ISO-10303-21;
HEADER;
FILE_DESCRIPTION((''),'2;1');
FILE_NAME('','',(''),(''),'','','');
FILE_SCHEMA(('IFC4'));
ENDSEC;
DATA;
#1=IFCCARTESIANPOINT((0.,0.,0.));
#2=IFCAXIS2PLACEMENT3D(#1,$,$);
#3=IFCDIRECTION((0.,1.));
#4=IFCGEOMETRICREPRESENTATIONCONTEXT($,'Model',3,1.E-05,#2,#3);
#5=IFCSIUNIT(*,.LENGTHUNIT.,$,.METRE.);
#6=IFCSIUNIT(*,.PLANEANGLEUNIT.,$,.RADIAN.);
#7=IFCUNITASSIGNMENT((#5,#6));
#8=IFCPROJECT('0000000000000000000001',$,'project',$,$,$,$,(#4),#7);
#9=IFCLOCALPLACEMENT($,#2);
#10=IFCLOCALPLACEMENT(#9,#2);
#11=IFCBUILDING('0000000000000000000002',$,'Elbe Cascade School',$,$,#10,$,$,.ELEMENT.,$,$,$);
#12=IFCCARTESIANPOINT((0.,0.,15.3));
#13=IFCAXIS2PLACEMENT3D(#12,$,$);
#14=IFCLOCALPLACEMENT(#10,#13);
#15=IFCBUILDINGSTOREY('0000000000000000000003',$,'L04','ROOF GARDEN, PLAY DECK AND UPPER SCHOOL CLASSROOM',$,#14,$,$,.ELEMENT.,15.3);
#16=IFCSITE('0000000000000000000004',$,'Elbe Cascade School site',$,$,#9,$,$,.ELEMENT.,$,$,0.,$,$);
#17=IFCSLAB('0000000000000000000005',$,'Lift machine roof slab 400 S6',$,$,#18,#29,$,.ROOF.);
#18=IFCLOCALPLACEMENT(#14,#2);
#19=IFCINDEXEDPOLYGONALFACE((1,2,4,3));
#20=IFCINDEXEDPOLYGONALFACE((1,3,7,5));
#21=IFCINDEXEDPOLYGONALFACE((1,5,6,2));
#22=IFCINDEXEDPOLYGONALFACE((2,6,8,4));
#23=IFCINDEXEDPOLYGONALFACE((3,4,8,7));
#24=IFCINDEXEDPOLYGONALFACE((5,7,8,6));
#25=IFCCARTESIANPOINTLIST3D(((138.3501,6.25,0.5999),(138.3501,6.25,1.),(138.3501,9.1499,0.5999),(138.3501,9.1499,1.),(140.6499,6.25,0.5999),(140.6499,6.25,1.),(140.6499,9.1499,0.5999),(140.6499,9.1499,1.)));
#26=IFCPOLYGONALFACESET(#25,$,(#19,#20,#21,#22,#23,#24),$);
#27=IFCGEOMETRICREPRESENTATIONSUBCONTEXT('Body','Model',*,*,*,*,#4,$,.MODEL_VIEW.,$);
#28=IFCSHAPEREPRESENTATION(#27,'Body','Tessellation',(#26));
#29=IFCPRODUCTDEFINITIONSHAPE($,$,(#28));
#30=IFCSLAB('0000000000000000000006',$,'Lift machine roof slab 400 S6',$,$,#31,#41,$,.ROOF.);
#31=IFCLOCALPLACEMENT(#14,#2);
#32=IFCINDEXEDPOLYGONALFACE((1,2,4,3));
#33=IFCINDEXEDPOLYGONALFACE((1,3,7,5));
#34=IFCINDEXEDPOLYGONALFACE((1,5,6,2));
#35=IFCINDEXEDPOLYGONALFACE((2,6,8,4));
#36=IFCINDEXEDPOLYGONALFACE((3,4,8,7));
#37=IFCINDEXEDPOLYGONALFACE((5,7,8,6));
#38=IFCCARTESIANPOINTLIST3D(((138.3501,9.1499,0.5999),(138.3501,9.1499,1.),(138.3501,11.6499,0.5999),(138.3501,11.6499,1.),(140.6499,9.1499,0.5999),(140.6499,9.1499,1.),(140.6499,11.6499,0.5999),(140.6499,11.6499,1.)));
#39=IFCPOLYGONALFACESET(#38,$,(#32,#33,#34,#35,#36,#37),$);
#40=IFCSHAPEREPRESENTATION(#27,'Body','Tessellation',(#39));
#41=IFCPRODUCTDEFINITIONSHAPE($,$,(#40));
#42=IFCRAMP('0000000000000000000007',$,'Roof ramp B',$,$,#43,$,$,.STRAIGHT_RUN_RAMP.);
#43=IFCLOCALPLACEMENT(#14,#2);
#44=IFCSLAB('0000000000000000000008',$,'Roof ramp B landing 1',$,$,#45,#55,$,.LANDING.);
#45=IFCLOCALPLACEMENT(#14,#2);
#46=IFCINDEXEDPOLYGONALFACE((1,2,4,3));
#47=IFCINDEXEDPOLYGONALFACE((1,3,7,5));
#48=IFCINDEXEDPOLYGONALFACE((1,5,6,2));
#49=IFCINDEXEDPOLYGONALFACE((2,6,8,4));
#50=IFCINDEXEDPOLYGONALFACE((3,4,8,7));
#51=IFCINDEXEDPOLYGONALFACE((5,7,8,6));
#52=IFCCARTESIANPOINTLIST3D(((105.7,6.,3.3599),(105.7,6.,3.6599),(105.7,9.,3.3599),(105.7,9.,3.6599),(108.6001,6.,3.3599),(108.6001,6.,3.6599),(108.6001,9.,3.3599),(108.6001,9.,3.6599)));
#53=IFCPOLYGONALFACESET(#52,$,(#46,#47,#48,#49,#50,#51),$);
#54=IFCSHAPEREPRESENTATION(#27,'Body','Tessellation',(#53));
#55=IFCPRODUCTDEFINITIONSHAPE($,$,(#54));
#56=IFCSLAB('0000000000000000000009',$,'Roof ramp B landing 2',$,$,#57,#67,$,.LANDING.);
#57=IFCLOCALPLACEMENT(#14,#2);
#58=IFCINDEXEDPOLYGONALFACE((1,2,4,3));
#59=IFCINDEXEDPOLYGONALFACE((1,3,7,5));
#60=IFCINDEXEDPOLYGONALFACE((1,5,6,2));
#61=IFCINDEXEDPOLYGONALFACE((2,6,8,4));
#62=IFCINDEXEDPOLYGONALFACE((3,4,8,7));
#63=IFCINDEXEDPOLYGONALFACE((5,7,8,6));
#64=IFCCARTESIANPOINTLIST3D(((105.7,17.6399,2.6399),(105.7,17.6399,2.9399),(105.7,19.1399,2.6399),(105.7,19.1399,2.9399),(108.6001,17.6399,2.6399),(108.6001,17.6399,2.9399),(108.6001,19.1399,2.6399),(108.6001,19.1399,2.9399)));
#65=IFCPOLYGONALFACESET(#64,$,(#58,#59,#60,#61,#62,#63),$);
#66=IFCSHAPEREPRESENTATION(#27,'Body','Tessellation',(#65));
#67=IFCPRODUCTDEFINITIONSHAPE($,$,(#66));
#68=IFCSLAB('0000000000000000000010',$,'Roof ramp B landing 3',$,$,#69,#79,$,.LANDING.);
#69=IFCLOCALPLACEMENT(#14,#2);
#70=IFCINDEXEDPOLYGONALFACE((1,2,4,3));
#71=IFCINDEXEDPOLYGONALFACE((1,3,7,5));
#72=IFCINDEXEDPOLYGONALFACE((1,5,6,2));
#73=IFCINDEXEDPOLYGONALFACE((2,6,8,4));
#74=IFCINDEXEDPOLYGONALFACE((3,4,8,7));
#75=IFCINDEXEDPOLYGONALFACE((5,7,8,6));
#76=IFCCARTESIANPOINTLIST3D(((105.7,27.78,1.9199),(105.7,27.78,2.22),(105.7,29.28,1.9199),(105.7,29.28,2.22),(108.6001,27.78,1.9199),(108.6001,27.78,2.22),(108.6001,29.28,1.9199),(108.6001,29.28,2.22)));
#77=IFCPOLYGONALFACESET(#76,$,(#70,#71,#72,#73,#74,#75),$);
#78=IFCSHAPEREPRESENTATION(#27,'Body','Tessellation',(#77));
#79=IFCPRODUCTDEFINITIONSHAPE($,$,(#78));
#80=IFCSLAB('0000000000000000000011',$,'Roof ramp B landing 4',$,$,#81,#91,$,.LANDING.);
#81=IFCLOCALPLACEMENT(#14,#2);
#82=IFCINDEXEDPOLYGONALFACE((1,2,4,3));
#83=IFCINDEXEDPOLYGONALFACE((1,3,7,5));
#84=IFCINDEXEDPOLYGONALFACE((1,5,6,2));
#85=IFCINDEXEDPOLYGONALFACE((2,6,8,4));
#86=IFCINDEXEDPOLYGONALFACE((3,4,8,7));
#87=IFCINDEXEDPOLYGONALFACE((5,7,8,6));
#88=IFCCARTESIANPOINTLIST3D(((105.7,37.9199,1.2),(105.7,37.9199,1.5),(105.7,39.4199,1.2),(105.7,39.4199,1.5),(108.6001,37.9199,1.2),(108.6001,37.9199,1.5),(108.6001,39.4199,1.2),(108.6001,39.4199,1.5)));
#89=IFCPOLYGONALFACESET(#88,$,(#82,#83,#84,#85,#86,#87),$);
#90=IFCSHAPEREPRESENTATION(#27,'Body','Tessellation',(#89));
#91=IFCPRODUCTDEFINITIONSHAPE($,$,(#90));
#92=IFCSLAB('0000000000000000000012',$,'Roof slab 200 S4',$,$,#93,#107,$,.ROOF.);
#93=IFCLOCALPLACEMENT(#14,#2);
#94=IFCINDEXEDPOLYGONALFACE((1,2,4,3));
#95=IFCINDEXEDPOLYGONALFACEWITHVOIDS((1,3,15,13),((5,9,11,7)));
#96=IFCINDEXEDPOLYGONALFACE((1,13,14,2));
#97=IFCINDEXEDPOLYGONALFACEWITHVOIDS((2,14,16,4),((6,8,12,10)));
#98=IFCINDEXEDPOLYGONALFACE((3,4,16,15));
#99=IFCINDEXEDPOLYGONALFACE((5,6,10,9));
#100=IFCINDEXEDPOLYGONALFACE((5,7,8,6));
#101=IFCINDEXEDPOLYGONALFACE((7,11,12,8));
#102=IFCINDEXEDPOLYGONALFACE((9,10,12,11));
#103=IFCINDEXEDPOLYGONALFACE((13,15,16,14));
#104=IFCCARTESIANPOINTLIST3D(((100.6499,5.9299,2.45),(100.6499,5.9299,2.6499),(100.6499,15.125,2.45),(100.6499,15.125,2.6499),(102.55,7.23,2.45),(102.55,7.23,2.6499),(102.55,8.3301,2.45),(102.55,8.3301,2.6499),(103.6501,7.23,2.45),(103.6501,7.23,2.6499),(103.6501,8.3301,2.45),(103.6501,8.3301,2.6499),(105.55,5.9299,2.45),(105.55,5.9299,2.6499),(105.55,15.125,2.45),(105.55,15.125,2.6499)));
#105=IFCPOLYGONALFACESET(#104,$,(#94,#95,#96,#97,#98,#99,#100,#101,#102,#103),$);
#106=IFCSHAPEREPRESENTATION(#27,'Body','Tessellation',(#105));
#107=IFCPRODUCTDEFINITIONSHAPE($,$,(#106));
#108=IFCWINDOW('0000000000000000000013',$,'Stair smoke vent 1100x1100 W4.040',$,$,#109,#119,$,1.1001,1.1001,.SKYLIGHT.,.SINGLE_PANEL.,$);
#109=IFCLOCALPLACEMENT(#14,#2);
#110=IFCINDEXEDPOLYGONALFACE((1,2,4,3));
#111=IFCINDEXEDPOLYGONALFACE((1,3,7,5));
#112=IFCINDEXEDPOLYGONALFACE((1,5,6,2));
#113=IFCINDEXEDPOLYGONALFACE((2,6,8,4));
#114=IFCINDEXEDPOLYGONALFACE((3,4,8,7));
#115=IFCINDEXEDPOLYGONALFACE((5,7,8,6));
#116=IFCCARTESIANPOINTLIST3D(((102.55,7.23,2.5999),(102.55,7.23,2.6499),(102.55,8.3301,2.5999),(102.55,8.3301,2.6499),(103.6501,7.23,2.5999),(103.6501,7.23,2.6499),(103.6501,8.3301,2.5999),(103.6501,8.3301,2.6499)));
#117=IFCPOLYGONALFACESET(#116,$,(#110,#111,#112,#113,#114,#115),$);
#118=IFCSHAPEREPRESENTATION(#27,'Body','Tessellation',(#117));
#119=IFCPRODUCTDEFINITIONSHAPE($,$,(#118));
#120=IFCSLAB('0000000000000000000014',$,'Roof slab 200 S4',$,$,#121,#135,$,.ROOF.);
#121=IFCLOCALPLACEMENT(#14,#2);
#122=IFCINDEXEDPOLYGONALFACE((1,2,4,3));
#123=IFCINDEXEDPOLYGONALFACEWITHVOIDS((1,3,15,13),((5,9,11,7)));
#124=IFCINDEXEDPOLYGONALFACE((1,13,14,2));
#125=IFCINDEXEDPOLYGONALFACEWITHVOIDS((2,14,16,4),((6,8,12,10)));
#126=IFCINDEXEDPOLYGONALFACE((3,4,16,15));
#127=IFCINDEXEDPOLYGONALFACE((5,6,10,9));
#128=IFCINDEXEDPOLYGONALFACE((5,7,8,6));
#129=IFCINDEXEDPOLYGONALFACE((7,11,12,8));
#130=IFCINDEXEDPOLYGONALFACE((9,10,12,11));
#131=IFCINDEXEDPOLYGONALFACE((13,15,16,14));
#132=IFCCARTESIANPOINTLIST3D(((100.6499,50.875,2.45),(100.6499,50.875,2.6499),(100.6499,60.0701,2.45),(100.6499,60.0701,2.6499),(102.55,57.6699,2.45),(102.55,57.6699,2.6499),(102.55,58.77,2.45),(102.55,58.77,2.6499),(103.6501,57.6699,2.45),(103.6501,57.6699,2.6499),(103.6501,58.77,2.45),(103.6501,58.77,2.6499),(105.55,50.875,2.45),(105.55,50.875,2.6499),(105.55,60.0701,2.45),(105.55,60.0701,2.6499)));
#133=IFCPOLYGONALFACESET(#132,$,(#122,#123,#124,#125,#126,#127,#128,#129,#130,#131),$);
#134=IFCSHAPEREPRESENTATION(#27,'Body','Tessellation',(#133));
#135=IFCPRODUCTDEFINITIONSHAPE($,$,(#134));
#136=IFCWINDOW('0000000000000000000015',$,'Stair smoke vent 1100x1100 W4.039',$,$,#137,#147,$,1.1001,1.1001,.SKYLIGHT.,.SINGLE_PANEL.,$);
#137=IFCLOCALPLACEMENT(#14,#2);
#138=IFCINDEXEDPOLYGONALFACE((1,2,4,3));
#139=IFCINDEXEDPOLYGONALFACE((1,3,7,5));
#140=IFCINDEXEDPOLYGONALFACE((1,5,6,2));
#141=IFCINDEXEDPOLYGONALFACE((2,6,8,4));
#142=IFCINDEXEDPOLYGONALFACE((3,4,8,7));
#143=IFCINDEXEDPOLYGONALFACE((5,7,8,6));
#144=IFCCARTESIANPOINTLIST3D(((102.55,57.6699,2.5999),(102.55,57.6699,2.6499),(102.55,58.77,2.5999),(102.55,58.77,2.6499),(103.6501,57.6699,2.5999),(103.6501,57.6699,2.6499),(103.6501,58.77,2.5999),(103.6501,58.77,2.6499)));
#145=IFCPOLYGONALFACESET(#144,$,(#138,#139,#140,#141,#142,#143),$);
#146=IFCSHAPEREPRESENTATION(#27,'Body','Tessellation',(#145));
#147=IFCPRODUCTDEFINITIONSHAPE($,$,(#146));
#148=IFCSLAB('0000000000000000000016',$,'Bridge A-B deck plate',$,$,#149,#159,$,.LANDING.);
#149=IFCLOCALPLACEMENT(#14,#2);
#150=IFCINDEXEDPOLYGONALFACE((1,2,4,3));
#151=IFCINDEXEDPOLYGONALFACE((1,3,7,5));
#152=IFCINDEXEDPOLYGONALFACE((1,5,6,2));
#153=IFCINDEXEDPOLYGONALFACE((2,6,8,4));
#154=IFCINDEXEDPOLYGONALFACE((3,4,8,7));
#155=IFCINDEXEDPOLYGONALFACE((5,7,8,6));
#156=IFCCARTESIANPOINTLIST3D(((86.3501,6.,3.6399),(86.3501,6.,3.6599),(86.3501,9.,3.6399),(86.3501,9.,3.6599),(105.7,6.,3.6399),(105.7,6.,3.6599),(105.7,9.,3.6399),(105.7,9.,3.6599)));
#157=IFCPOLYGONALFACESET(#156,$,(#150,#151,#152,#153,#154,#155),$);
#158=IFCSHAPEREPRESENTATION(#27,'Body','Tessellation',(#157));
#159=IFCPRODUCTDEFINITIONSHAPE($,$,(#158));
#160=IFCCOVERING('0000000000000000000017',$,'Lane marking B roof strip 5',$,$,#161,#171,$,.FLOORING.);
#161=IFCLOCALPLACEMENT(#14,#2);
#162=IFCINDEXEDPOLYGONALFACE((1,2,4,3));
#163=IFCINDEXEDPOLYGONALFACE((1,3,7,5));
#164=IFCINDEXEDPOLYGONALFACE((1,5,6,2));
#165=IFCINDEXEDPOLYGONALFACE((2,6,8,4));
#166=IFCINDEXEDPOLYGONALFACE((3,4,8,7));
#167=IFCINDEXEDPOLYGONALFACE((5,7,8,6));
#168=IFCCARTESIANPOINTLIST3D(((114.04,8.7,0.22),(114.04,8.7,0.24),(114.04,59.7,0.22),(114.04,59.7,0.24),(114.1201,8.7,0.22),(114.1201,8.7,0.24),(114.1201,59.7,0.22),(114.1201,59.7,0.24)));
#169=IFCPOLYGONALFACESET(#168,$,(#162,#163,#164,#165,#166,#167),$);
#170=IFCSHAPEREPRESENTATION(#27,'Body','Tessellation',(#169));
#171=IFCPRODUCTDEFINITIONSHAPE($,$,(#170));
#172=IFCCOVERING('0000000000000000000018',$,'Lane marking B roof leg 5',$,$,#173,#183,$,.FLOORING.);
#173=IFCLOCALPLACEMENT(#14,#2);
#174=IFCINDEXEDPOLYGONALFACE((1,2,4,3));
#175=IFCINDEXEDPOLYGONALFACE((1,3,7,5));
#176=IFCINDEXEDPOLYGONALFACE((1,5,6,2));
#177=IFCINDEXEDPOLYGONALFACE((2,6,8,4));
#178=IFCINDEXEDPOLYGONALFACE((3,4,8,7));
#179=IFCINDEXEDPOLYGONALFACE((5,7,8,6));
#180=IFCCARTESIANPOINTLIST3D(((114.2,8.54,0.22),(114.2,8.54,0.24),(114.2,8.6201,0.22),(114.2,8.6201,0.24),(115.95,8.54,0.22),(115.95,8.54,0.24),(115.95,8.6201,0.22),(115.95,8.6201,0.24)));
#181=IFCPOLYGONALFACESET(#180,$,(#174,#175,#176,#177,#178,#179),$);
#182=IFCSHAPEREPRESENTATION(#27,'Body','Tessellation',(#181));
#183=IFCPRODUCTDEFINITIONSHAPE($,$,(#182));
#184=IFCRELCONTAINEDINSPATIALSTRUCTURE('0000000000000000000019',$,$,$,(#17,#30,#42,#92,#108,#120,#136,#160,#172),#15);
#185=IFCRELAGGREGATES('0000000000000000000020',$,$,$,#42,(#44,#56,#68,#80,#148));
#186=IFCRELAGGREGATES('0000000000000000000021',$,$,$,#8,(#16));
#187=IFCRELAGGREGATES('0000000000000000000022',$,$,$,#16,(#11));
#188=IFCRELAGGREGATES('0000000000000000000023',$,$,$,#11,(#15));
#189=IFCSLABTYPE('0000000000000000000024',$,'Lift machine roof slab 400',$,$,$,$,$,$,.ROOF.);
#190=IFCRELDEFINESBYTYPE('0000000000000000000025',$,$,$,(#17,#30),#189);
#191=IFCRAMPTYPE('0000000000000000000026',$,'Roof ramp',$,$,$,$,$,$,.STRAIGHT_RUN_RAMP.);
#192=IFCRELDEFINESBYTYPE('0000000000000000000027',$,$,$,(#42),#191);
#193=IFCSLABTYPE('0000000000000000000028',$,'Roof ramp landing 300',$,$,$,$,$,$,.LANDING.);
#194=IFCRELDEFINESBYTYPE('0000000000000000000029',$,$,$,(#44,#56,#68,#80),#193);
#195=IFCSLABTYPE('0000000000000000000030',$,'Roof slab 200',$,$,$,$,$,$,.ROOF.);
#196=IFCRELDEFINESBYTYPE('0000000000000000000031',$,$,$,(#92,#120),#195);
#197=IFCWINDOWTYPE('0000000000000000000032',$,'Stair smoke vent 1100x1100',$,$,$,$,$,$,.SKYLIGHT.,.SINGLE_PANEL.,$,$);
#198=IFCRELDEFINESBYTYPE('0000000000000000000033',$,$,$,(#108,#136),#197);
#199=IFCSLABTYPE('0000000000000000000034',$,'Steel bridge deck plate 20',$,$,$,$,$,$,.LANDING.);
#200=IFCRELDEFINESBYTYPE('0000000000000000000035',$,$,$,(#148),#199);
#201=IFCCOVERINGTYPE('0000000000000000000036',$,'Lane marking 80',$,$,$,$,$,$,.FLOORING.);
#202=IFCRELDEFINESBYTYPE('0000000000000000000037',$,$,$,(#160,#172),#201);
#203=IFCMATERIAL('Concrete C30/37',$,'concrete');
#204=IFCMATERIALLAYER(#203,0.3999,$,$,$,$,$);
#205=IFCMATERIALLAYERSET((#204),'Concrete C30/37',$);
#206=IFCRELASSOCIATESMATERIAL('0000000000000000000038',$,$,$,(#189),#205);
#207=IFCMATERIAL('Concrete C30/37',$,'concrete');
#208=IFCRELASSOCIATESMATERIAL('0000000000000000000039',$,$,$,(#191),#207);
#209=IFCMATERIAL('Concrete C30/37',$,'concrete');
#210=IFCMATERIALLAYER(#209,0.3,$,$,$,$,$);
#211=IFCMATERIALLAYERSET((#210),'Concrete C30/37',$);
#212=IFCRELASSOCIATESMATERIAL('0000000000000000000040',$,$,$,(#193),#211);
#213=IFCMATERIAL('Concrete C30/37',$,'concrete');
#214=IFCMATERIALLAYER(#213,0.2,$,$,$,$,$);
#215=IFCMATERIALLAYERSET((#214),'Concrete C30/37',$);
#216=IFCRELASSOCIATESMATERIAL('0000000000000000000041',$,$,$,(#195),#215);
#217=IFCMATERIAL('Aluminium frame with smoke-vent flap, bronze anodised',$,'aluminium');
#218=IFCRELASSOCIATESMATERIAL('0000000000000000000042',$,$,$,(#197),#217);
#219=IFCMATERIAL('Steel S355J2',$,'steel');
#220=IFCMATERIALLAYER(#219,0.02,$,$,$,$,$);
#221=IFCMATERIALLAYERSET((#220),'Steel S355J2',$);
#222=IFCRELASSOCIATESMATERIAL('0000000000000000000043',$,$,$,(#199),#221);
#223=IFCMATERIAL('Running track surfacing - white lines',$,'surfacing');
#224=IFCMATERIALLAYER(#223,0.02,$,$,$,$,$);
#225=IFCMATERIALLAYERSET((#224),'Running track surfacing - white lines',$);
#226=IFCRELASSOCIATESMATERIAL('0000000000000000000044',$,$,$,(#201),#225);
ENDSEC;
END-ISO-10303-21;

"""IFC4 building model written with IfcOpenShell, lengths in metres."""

from ifc_helpers import new_model, si_unit, direction, frame, origin, origin_2d, place, context, subcontext, project, spatial, polyline, rectangle, outline, extrude, material, layer, layer_set, type_object, element, fill, aggregate, save


model = new_model("IFC4")

# Units and contexts
model_context = context("Model", 3, precision=1e-05, world=origin(), true_north=direction((0.0, 1.0)))
body_context = subcontext(model_context, "Body", "Model", "MODEL_VIEW")
ifc_project = project(units=[si_unit("LENGTHUNIT", "METRE"), si_unit("PLANEANGLEUNIT", "RADIAN")], contexts=[model_context])

# Site, building, storey
site_placement = place(None, origin())
site = spatial("IfcSite", under=ifc_project, at=site_placement, Name="Elbe Cascade School site", CompositionType="ELEMENT", RefElevation=0.0)
building_placement = place(site_placement, origin())
building = spatial("IfcBuilding", under=site, at=building_placement, Name="Elbe Cascade School", CompositionType="ELEMENT")
storey_placement = place(building_placement, frame((0.0, 0.0, 15.3)))
storey = spatial("IfcBuildingStorey", under=building, at=storey_placement, Name="L04", Description="ROOF GARDEN, PLAY DECK AND UPPER SCHOOL CLASSROOM", CompositionType="ELEMENT", Elevation=15.3)

# Slabs
ifc_material_1 = material(Name="Concrete C30/37", Category="concrete")
ifc_layer_1 = layer(ifc_material_1, 0.3999)
ifc_layer_set_1 = layer_set([ifc_layer_1], Name="Concrete C30/37")
slab_type_1 = type_object("IfcSlabType", Name="Lift machine roof slab 400", PredefinedType="ROOF", material=ifc_layer_set_1)
slab_1_placement = place(storey_placement, frame((0.0, 0.0, 0.5999)))
element("IfcSlab", 1, at=slab_1_placement, inside=storey, type_object=slab_type_1, Name="Lift machine roof slab 400 S6", PredefinedType="ROOF", context=body_context, shape_type="SweptSolid", body=[
    extrude(outline(polyline([(138.3501, 6.25), (140.6499, 6.25), (140.6499, 9.1499), (138.3501, 9.1499), (138.3501, 6.25)])), origin(), (0.0, 0.0, 1.0), 0.4001),
])
slab_2_placement = place(storey_placement, frame((0.0, 0.0, 0.5999)))
element("IfcSlab", 2, at=slab_2_placement, inside=storey, type_object=slab_type_1, Name="Lift machine roof slab 400 S6", PredefinedType="ROOF", context=body_context, shape_type="SweptSolid", body=[
    extrude(outline(polyline([(138.3501, 9.1499), (140.6499, 9.1499), (140.6499, 11.6499), (138.3501, 11.6499), (138.3501, 9.1499)])), origin(), (0.0, 0.0, 1.0), 0.4001),
])

# Ramp, slabs
ifc_material_2 = material(Name="Concrete C30/37", Category="concrete")
ramp_type = type_object("IfcRampType", Name="Roof ramp", PredefinedType="STRAIGHT_RUN_RAMP", material=ifc_material_2)
ramp_placement = place(storey_placement, origin())
ramp = element("IfcRamp", 3, at=ramp_placement, inside=storey, type_object=ramp_type, Name="Roof ramp B", PredefinedType="STRAIGHT_RUN_RAMP")
ifc_material_3 = material(Name="Concrete C30/37", Category="concrete")
ifc_layer_2 = layer(ifc_material_3, 0.3)
ifc_layer_set_2 = layer_set([ifc_layer_2], Name="Concrete C30/37")
slab_type_2 = type_object("IfcSlabType", Name="Roof ramp landing 300", PredefinedType="LANDING", material=ifc_layer_set_2)
slab_3_placement = place(storey_placement, frame((0.0, 0.0, 3.3599)))
slab_3 = element("IfcSlab", 4, at=slab_3_placement, type_object=slab_type_2, Name="Roof ramp B landing 1", PredefinedType="LANDING", context=body_context, shape_type="SweptSolid", body=[
    extrude(outline(polyline([(108.6001, 6.0), (108.6001, 9.0), (105.7, 9.0), (105.7, 6.0), (108.6001, 6.0)])), origin(), (0.0, 0.0, 1.0), 0.3),
])
slab_4_placement = place(storey_placement, frame((0.0, 0.0, 2.6399)))
slab_4 = element("IfcSlab", 5, at=slab_4_placement, type_object=slab_type_2, Name="Roof ramp B landing 2", PredefinedType="LANDING", context=body_context, shape_type="SweptSolid", body=[
    extrude(outline(polyline([(108.6001, 17.6399), (108.6001, 19.1399), (105.7, 19.1399), (105.7, 17.6399), (108.6001, 17.6399)])), origin(), (0.0, 0.0, 1.0), 0.3),
])
slab_5_placement = place(storey_placement, frame((0.0, 0.0, 1.9199)))
slab_5 = element("IfcSlab", 6, at=slab_5_placement, type_object=slab_type_2, Name="Roof ramp B landing 3", PredefinedType="LANDING", context=body_context, shape_type="SweptSolid", body=[
    extrude(outline(polyline([(108.6001, 27.78), (108.6001, 29.28), (105.7, 29.28), (105.7, 27.78), (108.6001, 27.78)])), origin(), (0.0, 0.0, 1.0), 0.3),
])
slab_6_placement = place(storey_placement, frame((0.0, 0.0, 1.2)))
slab_6 = element("IfcSlab", 7, at=slab_6_placement, type_object=slab_type_2, Name="Roof ramp B landing 4", PredefinedType="LANDING", context=body_context, shape_type="SweptSolid", body=[
    extrude(outline(polyline([(108.6001, 37.9199), (108.6001, 39.4199), (105.7, 39.4199), (105.7, 37.9199), (108.6001, 37.9199)])), origin(), (0.0, 0.0, 1.0), 0.3),
])

# Slabs, openings, windows
ifc_material_4 = material(Name="Concrete C30/37", Category="concrete")
ifc_layer_3 = layer(ifc_material_4, 0.2)
ifc_layer_set_3 = layer_set([ifc_layer_3], Name="Concrete C30/37")
slab_type_3 = type_object("IfcSlabType", Name="Roof slab 200", PredefinedType="ROOF", material=ifc_layer_set_3)
slab_7_placement = place(storey_placement, frame((0.0, 0.0, 2.45)))
slab_7 = element("IfcSlab", 8, at=slab_7_placement, inside=storey, type_object=slab_type_3, Name="Roof slab 200 S4", PredefinedType="ROOF", context=body_context, shape_type="SweptSolid", body=[
    extrude(outline(polyline([(100.6499, 5.9299), (105.55, 5.9299), (105.55, 15.125), (100.6499, 15.125), (100.6499, 5.9299)])), origin(), (0.0, 0.0, 1.0), 0.2),
])
opening_1_placement = place(slab_7_placement, frame((103.1001, 7.78, 0.0)))
opening_1 = element("IfcOpeningElement", 9, at=opening_1_placement, cuts=slab_7, PredefinedType="OPENING", context=body_context, shape_type="SweptSolid", body=[
    extrude(rectangle(XDim=1.1001, YDim=1.1001, at=origin_2d()), origin(), (0.0, 0.0, 1.0), 0.2),
])
ifc_material_5 = material(Name="Aluminium frame with smoke-vent flap, bronze anodised", Category="aluminium")
window_type = type_object("IfcWindowType", Name="Stair smoke vent 1100x1100", PartitioningType="SINGLE_PANEL", PredefinedType="SKYLIGHT", material=ifc_material_5)
window_1_placement = place(opening_1_placement, frame((0.0, 0.0, 0.1499)))
window_1 = element("IfcWindow", 10, at=window_1_placement, inside=storey, type_object=window_type, Name="Stair smoke vent 1100x1100 W4.040", OverallHeight=1.1001, OverallWidth=1.1001, PartitioningType="SINGLE_PANEL", PredefinedType="SKYLIGHT", context=body_context, shape_type="SweptSolid", body=[
    extrude(rectangle(XDim=1.1001, YDim=1.1001, at=origin_2d()), origin(), (0.0, 0.0, 1.0), 0.05),
])
fill(opening_1, window_1)
slab_8_placement = place(storey_placement, frame((0.0, 0.0, 2.45)))
slab_8 = element("IfcSlab", 11, at=slab_8_placement, inside=storey, type_object=slab_type_3, Name="Roof slab 200 S4", PredefinedType="ROOF", context=body_context, shape_type="SweptSolid", body=[
    extrude(outline(polyline([(100.6499, 50.875), (105.55, 50.875), (105.55, 60.0701), (100.6499, 60.0701), (100.6499, 50.875)])), origin(), (0.0, 0.0, 1.0), 0.2),
])
opening_2_placement = place(slab_8_placement, frame((103.1001, 58.22, 0.0)))
opening_2 = element("IfcOpeningElement", 12, at=opening_2_placement, cuts=slab_8, PredefinedType="OPENING", context=body_context, shape_type="SweptSolid", body=[
    extrude(rectangle(XDim=1.1001, YDim=1.1001, at=origin_2d()), origin(), (0.0, 0.0, 1.0), 0.2),
])
window_2_placement = place(opening_2_placement, frame((0.0, 0.0, 0.1499)))
window_2 = element("IfcWindow", 13, at=window_2_placement, inside=storey, type_object=window_type, Name="Stair smoke vent 1100x1100 W4.039", OverallHeight=1.1001, OverallWidth=1.1001, PartitioningType="SINGLE_PANEL", PredefinedType="SKYLIGHT", context=body_context, shape_type="SweptSolid", body=[
    extrude(rectangle(XDim=1.1001, YDim=1.1001, at=origin_2d()), origin(), (0.0, 0.0, 1.0), 0.05),
])
fill(opening_2, window_2)

# Slab
ifc_material_6 = material(Name="Steel S355J2", Category="steel")
ifc_layer_4 = layer(ifc_material_6, 0.02)
ifc_layer_set_4 = layer_set([ifc_layer_4], Name="Steel S355J2")
slab_type_4 = type_object("IfcSlabType", Name="Steel bridge deck plate 20", PredefinedType="LANDING", material=ifc_layer_set_4)
slab_9_placement = place(storey_placement, frame((0.0, 0.0, 3.6399)))
slab_9 = element("IfcSlab", 14, at=slab_9_placement, type_object=slab_type_4, Name="Bridge A-B deck plate", PredefinedType="LANDING", context=body_context, shape_type="SweptSolid", body=[
    extrude(outline(polyline([(86.3501, 6.0), (105.7, 6.0), (105.7, 9.0), (86.3501, 9.0), (86.3501, 6.0)])), origin(), (0.0, 0.0, 1.0), 0.02),
])
aggregate(ramp, [slab_3, slab_4, slab_5, slab_6, slab_9])

# Coverings
ifc_material_7 = material(Name="Running track surfacing - white lines", Category="surfacing")
ifc_layer_5 = layer(ifc_material_7, 0.02)
ifc_layer_set_5 = layer_set([ifc_layer_5], Name="Running track surfacing - white lines")
covering_type_1 = type_object("IfcCoveringType", Name="Lane marking 80", PredefinedType="FLOORING", material=ifc_layer_set_5)
covering_1_placement = place(storey_placement, frame((0.0, 0.0, 0.22)))
element("IfcCovering", 15, at=covering_1_placement, inside=storey, type_object=covering_type_1, Name="Lane marking B roof strip 5", PredefinedType="FLOORING", context=body_context, shape_type="SweptSolid", body=[
    extrude(outline(polyline([(114.04, 59.7), (114.1201, 59.7), (114.1201, 8.7), (114.04, 8.7), (114.04, 59.7)])), origin(), (0.0, 0.0, 1.0), 0.02),
])
covering_2_placement = place(storey_placement, frame((0.0, 0.0, 0.22)))
element("IfcCovering", 16, at=covering_2_placement, inside=storey, type_object=covering_type_1, Name="Lane marking B roof leg 5", PredefinedType="FLOORING", context=body_context, shape_type="SweptSolid", body=[
    extrude(outline(polyline([(114.2, 8.54), (115.95, 8.54), (115.95, 8.6201), (114.2, 8.6201), (114.2, 8.54)])), origin(), (0.0, 0.0, 1.0), 0.02),
])

save(model, "model.ifc")
